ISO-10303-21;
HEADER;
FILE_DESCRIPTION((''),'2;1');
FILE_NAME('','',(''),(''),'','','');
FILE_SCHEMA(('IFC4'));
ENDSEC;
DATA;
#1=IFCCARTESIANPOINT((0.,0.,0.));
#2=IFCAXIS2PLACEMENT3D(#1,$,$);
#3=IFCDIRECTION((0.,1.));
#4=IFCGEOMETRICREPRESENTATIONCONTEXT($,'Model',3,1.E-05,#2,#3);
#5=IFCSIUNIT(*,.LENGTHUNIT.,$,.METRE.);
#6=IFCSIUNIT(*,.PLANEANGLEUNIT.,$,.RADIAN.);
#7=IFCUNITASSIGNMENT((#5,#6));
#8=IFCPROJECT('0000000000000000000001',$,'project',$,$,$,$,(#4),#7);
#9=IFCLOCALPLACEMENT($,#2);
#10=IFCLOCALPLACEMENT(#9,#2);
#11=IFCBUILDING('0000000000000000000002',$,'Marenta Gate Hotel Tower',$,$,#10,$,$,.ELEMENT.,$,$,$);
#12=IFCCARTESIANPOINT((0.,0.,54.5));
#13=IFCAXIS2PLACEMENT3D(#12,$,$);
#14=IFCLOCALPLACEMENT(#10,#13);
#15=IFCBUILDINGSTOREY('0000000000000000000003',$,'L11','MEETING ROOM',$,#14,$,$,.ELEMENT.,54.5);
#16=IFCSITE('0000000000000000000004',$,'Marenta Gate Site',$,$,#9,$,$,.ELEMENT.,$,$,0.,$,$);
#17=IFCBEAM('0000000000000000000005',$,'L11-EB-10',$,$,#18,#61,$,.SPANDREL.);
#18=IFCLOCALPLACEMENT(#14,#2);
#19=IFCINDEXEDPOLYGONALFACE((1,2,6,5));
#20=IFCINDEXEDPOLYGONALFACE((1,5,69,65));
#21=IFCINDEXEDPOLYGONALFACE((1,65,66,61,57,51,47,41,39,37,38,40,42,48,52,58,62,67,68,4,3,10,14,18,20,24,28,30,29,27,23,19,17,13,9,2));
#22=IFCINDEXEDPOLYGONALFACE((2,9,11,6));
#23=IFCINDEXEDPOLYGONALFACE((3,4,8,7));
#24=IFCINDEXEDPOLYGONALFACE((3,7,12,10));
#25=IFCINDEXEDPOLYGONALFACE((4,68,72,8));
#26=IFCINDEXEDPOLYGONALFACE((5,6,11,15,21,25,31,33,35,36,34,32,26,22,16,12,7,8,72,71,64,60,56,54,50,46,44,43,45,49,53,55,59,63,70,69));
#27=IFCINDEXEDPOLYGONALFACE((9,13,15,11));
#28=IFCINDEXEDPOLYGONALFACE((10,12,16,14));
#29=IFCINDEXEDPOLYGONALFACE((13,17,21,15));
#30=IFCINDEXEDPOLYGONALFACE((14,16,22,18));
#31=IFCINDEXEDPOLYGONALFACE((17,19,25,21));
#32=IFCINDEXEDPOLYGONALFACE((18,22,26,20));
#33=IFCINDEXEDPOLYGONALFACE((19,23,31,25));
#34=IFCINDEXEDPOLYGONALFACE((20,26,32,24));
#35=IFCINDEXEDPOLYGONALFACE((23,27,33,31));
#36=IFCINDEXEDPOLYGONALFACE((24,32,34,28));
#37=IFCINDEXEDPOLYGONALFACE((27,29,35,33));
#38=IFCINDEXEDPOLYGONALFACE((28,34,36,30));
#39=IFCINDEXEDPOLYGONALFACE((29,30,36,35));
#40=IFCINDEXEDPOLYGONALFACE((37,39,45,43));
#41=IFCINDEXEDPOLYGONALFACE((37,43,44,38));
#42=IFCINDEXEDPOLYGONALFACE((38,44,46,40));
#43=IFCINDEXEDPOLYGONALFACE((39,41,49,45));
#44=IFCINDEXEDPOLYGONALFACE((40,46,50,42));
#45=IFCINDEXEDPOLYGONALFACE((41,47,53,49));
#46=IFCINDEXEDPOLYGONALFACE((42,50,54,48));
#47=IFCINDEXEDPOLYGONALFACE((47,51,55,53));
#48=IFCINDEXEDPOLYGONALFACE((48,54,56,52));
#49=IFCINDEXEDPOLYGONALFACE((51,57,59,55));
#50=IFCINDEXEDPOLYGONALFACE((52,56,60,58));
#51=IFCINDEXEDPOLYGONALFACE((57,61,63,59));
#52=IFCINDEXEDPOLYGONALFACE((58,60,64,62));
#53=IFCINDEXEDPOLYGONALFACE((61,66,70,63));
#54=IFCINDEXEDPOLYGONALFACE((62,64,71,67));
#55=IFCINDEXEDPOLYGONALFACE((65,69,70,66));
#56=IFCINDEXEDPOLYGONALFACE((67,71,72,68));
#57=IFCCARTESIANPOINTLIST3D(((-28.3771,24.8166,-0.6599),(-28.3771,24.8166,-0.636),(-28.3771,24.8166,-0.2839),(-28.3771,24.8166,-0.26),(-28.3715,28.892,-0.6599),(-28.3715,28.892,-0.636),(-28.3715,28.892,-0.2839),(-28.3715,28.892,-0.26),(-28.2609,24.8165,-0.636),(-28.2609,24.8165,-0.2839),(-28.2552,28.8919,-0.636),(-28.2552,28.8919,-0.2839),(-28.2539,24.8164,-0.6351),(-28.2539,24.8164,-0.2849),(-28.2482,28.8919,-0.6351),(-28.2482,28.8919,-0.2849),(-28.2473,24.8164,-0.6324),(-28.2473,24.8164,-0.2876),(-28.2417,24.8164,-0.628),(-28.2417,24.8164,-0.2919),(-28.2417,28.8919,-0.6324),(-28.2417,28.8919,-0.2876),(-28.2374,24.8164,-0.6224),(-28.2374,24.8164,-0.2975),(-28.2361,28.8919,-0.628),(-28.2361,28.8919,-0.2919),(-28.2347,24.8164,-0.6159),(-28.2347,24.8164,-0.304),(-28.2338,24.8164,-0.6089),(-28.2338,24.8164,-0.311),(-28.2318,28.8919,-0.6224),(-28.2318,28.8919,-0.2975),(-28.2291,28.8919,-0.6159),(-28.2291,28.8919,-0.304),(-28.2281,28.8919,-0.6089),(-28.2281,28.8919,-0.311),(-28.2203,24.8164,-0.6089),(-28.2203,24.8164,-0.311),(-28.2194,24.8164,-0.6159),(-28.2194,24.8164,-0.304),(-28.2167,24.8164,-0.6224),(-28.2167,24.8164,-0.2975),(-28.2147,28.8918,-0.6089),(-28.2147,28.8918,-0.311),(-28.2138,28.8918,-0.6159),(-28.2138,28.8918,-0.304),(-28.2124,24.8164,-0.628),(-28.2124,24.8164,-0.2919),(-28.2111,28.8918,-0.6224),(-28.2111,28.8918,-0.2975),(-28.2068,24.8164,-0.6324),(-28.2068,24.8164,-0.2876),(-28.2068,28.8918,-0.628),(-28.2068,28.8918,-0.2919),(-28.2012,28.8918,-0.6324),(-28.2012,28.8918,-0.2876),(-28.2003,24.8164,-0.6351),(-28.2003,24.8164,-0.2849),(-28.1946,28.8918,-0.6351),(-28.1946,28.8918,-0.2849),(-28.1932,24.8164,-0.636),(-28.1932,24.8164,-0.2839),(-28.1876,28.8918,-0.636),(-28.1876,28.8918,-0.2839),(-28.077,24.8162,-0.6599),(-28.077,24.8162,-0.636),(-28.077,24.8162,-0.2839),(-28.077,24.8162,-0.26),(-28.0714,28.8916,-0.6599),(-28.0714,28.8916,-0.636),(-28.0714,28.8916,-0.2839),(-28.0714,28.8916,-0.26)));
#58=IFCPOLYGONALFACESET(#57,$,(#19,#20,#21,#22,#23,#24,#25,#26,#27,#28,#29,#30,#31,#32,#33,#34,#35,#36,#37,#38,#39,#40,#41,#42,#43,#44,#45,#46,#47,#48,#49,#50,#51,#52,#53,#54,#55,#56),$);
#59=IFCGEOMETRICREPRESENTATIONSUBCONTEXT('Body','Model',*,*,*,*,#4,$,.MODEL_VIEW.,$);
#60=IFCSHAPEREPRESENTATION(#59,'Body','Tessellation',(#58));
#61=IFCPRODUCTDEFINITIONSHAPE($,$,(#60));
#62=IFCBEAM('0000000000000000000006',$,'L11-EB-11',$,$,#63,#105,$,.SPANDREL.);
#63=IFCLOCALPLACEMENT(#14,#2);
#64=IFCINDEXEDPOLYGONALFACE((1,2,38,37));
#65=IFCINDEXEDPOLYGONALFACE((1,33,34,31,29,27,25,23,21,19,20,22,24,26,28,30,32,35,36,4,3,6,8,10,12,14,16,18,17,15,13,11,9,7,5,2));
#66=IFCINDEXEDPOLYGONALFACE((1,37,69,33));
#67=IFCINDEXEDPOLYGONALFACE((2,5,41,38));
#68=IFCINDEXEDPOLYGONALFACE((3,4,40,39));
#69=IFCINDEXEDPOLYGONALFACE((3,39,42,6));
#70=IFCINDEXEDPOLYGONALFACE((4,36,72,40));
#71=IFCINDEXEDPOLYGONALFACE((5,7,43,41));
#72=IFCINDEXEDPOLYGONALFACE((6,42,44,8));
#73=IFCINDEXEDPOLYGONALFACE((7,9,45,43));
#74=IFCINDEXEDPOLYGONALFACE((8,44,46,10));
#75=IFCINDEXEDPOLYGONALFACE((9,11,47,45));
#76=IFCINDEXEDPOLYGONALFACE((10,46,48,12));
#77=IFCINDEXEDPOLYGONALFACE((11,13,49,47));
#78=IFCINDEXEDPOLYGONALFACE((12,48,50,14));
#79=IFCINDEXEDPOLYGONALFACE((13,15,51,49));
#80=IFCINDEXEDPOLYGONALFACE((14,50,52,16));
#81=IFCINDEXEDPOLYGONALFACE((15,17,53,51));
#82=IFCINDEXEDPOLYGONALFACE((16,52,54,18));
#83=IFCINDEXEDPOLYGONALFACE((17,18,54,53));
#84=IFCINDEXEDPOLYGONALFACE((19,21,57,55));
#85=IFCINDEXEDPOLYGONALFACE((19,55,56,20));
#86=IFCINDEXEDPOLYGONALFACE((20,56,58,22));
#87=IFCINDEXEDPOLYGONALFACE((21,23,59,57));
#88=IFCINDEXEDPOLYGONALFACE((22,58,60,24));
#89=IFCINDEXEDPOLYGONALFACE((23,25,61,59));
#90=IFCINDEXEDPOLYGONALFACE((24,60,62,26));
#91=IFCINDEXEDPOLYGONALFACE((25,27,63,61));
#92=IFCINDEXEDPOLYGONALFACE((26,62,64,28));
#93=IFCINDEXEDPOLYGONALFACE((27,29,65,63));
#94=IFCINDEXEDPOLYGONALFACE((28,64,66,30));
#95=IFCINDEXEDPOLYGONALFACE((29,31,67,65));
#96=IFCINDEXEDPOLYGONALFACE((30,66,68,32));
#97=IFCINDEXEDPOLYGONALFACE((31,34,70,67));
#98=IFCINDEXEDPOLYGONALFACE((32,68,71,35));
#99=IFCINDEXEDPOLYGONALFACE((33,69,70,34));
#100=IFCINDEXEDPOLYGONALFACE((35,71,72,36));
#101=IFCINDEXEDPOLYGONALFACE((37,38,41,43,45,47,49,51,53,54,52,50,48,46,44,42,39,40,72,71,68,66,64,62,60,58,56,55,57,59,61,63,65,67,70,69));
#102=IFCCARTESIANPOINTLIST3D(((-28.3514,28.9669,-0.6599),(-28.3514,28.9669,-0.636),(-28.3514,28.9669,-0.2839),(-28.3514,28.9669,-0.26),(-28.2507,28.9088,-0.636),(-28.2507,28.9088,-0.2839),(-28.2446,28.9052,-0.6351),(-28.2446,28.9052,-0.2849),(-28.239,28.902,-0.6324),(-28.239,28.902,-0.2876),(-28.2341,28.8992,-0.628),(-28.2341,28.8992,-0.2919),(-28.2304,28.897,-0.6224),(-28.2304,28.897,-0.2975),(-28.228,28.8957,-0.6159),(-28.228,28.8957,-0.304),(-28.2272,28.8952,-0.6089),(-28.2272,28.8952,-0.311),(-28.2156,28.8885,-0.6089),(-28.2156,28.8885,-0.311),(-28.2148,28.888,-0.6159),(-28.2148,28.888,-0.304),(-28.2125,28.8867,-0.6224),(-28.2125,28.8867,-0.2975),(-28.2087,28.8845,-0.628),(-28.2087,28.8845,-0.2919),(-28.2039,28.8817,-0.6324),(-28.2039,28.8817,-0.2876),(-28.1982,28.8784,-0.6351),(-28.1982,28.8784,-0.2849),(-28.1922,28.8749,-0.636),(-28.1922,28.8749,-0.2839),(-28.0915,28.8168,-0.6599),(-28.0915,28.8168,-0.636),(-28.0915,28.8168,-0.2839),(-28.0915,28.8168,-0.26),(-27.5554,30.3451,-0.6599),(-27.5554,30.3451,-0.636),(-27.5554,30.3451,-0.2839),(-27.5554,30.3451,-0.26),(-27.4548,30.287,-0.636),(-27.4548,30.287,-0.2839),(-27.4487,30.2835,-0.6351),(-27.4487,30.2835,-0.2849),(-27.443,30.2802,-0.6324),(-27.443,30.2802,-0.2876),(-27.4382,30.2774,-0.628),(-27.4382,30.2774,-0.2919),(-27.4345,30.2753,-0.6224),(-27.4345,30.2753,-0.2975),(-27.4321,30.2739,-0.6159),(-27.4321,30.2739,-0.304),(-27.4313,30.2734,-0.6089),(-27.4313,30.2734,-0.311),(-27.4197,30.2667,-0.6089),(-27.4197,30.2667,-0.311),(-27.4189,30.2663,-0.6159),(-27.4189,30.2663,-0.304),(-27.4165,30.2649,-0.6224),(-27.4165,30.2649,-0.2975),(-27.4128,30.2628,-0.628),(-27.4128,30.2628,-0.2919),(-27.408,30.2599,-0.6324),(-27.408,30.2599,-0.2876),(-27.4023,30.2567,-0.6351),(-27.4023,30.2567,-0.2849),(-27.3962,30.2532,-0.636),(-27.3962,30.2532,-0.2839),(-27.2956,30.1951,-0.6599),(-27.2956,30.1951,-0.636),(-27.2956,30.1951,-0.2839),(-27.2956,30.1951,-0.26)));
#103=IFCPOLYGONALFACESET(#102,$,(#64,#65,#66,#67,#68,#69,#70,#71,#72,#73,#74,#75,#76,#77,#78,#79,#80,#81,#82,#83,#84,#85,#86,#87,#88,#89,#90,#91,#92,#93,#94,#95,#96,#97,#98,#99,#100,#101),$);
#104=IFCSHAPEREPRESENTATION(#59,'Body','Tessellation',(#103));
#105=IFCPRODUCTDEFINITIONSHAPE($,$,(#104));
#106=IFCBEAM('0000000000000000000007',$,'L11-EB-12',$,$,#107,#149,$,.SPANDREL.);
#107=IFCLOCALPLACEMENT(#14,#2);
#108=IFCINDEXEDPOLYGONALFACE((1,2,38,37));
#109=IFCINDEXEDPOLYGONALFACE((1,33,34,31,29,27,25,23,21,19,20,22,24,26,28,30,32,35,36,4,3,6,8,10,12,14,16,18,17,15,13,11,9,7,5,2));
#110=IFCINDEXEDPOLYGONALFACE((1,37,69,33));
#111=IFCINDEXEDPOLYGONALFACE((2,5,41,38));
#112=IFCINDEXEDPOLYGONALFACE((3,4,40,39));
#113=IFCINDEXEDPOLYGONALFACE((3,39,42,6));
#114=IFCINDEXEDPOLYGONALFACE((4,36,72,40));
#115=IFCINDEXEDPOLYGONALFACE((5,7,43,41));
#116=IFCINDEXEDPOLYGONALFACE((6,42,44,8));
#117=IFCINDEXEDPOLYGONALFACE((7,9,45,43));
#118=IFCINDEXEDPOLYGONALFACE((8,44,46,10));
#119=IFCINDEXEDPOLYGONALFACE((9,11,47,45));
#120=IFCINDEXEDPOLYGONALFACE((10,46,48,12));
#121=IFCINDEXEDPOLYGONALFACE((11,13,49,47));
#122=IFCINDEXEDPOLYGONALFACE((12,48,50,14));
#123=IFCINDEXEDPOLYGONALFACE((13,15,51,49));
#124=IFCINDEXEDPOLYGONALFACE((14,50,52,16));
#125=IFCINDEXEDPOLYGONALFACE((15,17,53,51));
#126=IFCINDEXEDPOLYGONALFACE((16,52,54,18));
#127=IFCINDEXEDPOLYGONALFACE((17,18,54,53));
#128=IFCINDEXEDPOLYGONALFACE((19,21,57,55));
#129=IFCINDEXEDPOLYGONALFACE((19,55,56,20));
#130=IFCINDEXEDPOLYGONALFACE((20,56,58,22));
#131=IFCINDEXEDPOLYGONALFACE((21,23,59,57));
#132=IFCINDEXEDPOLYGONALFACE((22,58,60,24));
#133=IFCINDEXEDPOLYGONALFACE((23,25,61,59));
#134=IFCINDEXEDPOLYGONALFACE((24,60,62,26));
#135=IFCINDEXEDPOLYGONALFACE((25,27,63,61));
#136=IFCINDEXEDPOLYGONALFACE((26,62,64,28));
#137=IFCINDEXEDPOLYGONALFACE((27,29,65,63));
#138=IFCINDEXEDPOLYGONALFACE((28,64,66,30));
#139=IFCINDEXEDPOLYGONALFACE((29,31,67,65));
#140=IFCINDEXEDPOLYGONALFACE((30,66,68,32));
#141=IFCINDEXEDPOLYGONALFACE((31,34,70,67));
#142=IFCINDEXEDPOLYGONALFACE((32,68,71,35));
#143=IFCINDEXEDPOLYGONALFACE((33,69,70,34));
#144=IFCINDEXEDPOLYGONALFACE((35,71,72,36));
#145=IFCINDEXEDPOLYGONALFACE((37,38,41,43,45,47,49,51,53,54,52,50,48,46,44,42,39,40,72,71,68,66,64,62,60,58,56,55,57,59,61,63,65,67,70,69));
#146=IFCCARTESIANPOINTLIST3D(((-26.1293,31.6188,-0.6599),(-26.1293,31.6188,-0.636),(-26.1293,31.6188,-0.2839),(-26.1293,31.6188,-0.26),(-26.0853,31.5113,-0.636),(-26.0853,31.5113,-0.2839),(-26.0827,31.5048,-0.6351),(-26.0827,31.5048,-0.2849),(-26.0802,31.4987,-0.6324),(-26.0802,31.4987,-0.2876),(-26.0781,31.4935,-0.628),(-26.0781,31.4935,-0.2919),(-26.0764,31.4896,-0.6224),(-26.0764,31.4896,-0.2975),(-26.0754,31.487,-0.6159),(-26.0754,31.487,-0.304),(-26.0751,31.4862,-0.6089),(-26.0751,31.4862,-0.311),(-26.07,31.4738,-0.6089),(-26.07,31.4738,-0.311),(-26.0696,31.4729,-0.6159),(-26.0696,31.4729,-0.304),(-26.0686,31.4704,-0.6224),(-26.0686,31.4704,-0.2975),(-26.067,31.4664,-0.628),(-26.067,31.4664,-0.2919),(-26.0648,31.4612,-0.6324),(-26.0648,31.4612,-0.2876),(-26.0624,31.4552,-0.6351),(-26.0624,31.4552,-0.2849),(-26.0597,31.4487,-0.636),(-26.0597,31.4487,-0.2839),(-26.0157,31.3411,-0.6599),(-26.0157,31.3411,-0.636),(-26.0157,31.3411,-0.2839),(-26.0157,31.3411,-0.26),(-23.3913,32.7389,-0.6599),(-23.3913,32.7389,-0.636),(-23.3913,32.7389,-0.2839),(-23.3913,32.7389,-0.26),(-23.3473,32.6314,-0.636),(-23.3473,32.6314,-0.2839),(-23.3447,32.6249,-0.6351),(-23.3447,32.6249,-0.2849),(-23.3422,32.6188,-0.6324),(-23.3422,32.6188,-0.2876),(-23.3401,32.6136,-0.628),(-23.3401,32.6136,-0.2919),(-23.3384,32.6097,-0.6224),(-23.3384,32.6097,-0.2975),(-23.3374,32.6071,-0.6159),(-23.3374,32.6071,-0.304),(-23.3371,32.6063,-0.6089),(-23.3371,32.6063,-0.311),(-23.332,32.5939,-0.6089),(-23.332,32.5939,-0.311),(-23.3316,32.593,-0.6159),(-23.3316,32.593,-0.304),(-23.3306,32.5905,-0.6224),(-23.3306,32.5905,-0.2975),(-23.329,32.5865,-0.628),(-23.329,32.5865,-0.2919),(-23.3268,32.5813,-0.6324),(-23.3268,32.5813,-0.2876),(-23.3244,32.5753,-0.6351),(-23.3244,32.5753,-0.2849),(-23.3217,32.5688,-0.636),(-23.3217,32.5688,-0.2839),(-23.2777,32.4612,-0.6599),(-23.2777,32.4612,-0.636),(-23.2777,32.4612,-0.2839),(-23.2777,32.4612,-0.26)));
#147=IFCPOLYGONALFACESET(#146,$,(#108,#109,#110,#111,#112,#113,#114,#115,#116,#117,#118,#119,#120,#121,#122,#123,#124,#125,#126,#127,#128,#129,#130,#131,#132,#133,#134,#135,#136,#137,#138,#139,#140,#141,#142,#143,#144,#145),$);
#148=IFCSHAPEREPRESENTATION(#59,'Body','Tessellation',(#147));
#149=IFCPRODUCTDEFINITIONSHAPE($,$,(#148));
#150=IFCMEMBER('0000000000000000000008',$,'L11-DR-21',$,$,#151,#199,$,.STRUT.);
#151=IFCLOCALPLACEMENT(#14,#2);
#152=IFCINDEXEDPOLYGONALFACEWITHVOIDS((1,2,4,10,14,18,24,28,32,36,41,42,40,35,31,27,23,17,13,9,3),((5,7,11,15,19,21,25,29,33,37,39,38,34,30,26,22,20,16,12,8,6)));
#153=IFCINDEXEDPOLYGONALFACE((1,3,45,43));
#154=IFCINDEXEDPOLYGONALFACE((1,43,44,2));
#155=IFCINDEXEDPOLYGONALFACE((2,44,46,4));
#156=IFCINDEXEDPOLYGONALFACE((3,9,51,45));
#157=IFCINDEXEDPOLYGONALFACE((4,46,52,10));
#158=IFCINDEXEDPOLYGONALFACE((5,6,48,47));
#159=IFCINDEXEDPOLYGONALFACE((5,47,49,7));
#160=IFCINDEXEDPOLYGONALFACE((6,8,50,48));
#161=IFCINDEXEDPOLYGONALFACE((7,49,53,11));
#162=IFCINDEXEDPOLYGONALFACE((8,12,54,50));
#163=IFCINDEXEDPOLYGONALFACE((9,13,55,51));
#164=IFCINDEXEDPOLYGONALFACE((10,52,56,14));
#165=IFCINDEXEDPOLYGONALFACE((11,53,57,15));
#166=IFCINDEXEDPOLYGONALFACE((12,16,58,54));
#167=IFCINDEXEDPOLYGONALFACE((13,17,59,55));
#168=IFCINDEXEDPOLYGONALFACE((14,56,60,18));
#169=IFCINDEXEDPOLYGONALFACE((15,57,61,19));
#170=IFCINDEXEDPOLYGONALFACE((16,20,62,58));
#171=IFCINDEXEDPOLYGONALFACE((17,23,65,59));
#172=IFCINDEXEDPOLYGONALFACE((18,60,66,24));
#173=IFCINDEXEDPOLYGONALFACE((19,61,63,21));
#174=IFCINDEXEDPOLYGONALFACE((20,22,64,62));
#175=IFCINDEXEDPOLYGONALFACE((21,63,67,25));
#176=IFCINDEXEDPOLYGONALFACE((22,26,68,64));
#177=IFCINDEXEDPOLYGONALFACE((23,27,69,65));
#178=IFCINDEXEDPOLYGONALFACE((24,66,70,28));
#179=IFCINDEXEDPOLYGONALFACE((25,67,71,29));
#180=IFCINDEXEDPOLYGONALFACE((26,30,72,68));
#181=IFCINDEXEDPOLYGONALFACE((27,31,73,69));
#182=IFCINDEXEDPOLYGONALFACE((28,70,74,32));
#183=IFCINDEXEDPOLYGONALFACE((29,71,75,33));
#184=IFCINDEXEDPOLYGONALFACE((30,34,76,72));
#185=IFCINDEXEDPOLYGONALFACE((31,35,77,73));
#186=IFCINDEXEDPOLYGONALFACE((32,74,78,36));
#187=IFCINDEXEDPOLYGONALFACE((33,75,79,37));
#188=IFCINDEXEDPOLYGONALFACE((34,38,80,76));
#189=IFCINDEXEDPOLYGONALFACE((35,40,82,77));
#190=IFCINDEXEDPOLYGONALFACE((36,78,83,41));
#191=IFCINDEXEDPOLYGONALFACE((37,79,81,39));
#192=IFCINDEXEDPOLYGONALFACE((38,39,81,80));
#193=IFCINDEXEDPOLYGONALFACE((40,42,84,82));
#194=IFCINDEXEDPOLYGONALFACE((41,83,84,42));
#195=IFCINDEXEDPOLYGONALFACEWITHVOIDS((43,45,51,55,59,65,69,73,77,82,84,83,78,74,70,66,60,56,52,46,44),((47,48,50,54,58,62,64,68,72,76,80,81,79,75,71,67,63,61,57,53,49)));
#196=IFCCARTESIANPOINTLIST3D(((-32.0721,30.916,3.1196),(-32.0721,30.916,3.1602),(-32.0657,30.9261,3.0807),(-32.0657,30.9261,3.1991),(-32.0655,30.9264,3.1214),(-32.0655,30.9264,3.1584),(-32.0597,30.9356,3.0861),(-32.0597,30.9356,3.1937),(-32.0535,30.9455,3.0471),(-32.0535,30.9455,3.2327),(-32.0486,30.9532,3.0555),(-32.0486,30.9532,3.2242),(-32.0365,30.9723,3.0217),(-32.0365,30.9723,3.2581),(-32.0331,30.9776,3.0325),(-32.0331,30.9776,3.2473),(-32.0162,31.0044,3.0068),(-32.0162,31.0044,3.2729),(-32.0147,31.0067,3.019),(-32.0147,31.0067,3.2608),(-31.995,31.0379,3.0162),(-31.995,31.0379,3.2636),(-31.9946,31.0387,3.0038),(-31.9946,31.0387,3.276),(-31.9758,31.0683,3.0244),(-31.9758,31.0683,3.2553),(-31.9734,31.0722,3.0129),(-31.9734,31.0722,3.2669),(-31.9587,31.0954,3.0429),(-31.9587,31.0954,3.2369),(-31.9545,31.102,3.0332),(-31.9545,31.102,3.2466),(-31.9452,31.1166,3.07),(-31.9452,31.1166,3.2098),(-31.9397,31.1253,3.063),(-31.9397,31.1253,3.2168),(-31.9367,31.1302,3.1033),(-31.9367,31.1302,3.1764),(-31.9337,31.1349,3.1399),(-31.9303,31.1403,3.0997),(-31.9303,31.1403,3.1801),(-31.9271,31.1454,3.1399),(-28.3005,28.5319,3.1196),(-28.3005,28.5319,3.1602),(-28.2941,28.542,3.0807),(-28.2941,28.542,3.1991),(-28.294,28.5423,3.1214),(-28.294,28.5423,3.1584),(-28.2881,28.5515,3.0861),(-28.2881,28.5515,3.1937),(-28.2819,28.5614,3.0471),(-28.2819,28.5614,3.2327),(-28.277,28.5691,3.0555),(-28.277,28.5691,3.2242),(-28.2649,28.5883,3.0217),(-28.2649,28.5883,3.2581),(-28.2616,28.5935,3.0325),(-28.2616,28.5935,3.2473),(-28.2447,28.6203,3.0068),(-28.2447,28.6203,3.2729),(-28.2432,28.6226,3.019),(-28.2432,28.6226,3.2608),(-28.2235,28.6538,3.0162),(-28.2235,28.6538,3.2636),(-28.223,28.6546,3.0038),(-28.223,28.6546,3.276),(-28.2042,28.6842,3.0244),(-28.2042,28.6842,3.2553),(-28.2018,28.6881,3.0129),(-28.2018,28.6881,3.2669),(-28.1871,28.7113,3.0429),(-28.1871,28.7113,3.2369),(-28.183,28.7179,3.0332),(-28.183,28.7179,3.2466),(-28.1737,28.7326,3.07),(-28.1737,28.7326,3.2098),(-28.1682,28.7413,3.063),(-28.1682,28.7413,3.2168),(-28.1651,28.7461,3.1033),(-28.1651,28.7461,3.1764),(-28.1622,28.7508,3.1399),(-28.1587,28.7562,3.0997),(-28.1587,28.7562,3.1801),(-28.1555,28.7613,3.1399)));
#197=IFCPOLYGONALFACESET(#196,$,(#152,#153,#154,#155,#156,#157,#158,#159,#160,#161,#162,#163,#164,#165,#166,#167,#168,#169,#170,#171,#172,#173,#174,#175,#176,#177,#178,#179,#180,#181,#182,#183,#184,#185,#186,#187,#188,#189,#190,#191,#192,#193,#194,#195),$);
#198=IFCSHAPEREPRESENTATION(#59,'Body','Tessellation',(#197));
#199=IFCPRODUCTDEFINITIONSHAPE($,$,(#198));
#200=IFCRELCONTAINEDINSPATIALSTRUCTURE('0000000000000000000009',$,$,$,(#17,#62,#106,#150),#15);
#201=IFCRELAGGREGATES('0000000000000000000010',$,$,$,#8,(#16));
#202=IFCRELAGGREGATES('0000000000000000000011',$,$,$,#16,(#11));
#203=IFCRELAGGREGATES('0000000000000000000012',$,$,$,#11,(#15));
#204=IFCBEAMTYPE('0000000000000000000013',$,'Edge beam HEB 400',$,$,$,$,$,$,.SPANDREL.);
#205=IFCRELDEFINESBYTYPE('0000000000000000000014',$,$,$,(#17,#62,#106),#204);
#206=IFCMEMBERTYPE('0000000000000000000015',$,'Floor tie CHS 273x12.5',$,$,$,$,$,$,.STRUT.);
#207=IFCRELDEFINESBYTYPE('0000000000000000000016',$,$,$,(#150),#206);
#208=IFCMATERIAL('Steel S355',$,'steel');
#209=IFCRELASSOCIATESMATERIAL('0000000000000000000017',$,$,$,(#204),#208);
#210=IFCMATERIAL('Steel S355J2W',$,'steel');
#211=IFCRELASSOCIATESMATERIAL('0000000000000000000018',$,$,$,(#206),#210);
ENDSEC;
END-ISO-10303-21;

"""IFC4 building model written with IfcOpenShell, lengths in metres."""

from ifc_helpers import new_model, si_unit, direction, frame, origin, origin_2d, place, context, subcontext, project, spatial, hollow_circle, i_section, extrude, material, material_profile, profile_set, type_object, element, save


model = new_model("IFC4")

# Units and contexts
model_context = context("Model", 3, precision=1e-05, world=origin(), true_north=direction((0.0, 1.0)))
body_context = subcontext(model_context, "Body", "Model", "MODEL_VIEW")
ifc_project = project(units=[si_unit("LENGTHUNIT", "METRE"), si_unit("PLANEANGLEUNIT", "RADIAN")], contexts=[model_context])

# Site, building, storey
site_placement = place(None, origin())
site = spatial("IfcSite", under=ifc_project, at=site_placement, Name="Marenta Gate Site", CompositionType="ELEMENT", RefElevation=0.0)
building_placement = place(site_placement, origin())
building = spatial("IfcBuilding", under=site, at=building_placement, Name="Marenta Gate Hotel Tower", CompositionType="ELEMENT")
storey_placement = place(building_placement, frame((0.0, 0.0, 54.5)))
storey = spatial("IfcBuildingStorey", under=building, at=storey_placement, Name="L11", Description="MEETING ROOM", CompositionType="ELEMENT", Elevation=54.5)

# Beams
ifc_material_1 = material(Name="Steel S355", Category="steel")
ifc_material_profile_1 = material_profile(ifc_material_1, i_section(OverallWidth=0.3, OverallDepth=0.3999, WebThickness=0.0134, FlangeThickness=0.0239, FilletRadius=0.0271, at=origin_2d()), Name="HEB 400")
ifc_profile_set_1 = profile_set([ifc_material_profile_1], Name="Steel S355")
beam_type_1 = type_object("IfcBeamType", Name="Edge beam HEB 400", PredefinedType="SPANDREL", material=ifc_profile_set_1)
beam_1_placement = place(storey_placement, frame((-28.2271, 24.8164, -0.46), z_axis=(0.001378, 0.999999, 0.0), x_axis=(-0.999999, 0.001378, 0.0)))
element("IfcBeam", 1, at=beam_1_placement, inside=storey, type_object=beam_type_1, Name="L11-EB-10", PredefinedType="SPANDREL", context=body_context, shape_type="SweptSolid", body=[
    extrude(i_section(OverallWidth=0.3, OverallDepth=0.3999, WebThickness=0.0134, FlangeThickness=0.0239, FilletRadius=0.0271, at=origin_2d()), origin(), (0.0, 0.0, 1.0), 4.0754),
])
beam_2_placement = place(storey_placement, frame((-28.2214, 28.8918, -0.46), z_axis=(0.500099, 0.865968, 0.0), x_axis=(-0.865968, 0.500099, 0.0)))
element("IfcBeam", 2, at=beam_2_placement, inside=storey, type_object=beam_type_1, Name="L11-EB-11", PredefinedType="SPANDREL", context=body_context, shape_type="SweptSolid", body=[
    extrude(i_section(OverallWidth=0.3, OverallDepth=0.3999, WebThickness=0.0134, FlangeThickness=0.0239, FilletRadius=0.0271, at=origin_2d()), origin(), (0.0, 0.0, 1.0), 1.5916),
])
beam_3_placement = place(storey_placement, frame((-26.0725, 31.48, -0.46), z_axis=(0.925546, 0.378636, 0.0), x_axis=(-0.378636, 0.925546, 0.0)))
element("IfcBeam", 3, at=beam_3_placement, inside=storey, type_object=beam_type_1, Name="L11-EB-12", PredefinedType="SPANDREL", context=body_context, shape_type="SweptSolid", body=[
    extrude(i_section(OverallWidth=0.3, OverallDepth=0.3999, WebThickness=0.0134, FlangeThickness=0.0239, FilletRadius=0.0271, at=origin_2d()), origin(), (0.0, 0.0, 1.0), 2.9583),
])

# Member
ifc_material_2 = material(Name="Steel S355J2W", Category="steel")
ifc_material_profile_2 = material_profile(ifc_material_2, hollow_circle(Radius=0.1365, WallThickness=0.0125, at=origin_2d()), Name="CHS 273x12.5")
ifc_profile_set_2 = profile_set([ifc_material_profile_2], Name="Steel S355J2W")
member_type_1 = type_object("IfcMemberType", Name="Floor tie CHS 273x12.5", PredefinedType="STRUT", material=ifc_profile_set_2)
member_1_placement = place(storey_placement, frame((-32.0, 31.03, 3.1399), z_axis=(0.845282, -0.53432, 0.0), x_axis=(0.53432, 0.845282, 0.0)))
element("IfcMember", 4, at=member_1_placement, inside=storey, type_object=member_type_1, Name="L11-DR-21", PredefinedType="STRUT", context=body_context, shape_type="SweptSolid", body=[
    extrude(hollow_circle(Radius=0.1365, WallThickness=0.0125, at=origin_2d()), origin(), (0.0, 0.0, 1.0), 4.4619),
])

save(model, "model.ifc")
